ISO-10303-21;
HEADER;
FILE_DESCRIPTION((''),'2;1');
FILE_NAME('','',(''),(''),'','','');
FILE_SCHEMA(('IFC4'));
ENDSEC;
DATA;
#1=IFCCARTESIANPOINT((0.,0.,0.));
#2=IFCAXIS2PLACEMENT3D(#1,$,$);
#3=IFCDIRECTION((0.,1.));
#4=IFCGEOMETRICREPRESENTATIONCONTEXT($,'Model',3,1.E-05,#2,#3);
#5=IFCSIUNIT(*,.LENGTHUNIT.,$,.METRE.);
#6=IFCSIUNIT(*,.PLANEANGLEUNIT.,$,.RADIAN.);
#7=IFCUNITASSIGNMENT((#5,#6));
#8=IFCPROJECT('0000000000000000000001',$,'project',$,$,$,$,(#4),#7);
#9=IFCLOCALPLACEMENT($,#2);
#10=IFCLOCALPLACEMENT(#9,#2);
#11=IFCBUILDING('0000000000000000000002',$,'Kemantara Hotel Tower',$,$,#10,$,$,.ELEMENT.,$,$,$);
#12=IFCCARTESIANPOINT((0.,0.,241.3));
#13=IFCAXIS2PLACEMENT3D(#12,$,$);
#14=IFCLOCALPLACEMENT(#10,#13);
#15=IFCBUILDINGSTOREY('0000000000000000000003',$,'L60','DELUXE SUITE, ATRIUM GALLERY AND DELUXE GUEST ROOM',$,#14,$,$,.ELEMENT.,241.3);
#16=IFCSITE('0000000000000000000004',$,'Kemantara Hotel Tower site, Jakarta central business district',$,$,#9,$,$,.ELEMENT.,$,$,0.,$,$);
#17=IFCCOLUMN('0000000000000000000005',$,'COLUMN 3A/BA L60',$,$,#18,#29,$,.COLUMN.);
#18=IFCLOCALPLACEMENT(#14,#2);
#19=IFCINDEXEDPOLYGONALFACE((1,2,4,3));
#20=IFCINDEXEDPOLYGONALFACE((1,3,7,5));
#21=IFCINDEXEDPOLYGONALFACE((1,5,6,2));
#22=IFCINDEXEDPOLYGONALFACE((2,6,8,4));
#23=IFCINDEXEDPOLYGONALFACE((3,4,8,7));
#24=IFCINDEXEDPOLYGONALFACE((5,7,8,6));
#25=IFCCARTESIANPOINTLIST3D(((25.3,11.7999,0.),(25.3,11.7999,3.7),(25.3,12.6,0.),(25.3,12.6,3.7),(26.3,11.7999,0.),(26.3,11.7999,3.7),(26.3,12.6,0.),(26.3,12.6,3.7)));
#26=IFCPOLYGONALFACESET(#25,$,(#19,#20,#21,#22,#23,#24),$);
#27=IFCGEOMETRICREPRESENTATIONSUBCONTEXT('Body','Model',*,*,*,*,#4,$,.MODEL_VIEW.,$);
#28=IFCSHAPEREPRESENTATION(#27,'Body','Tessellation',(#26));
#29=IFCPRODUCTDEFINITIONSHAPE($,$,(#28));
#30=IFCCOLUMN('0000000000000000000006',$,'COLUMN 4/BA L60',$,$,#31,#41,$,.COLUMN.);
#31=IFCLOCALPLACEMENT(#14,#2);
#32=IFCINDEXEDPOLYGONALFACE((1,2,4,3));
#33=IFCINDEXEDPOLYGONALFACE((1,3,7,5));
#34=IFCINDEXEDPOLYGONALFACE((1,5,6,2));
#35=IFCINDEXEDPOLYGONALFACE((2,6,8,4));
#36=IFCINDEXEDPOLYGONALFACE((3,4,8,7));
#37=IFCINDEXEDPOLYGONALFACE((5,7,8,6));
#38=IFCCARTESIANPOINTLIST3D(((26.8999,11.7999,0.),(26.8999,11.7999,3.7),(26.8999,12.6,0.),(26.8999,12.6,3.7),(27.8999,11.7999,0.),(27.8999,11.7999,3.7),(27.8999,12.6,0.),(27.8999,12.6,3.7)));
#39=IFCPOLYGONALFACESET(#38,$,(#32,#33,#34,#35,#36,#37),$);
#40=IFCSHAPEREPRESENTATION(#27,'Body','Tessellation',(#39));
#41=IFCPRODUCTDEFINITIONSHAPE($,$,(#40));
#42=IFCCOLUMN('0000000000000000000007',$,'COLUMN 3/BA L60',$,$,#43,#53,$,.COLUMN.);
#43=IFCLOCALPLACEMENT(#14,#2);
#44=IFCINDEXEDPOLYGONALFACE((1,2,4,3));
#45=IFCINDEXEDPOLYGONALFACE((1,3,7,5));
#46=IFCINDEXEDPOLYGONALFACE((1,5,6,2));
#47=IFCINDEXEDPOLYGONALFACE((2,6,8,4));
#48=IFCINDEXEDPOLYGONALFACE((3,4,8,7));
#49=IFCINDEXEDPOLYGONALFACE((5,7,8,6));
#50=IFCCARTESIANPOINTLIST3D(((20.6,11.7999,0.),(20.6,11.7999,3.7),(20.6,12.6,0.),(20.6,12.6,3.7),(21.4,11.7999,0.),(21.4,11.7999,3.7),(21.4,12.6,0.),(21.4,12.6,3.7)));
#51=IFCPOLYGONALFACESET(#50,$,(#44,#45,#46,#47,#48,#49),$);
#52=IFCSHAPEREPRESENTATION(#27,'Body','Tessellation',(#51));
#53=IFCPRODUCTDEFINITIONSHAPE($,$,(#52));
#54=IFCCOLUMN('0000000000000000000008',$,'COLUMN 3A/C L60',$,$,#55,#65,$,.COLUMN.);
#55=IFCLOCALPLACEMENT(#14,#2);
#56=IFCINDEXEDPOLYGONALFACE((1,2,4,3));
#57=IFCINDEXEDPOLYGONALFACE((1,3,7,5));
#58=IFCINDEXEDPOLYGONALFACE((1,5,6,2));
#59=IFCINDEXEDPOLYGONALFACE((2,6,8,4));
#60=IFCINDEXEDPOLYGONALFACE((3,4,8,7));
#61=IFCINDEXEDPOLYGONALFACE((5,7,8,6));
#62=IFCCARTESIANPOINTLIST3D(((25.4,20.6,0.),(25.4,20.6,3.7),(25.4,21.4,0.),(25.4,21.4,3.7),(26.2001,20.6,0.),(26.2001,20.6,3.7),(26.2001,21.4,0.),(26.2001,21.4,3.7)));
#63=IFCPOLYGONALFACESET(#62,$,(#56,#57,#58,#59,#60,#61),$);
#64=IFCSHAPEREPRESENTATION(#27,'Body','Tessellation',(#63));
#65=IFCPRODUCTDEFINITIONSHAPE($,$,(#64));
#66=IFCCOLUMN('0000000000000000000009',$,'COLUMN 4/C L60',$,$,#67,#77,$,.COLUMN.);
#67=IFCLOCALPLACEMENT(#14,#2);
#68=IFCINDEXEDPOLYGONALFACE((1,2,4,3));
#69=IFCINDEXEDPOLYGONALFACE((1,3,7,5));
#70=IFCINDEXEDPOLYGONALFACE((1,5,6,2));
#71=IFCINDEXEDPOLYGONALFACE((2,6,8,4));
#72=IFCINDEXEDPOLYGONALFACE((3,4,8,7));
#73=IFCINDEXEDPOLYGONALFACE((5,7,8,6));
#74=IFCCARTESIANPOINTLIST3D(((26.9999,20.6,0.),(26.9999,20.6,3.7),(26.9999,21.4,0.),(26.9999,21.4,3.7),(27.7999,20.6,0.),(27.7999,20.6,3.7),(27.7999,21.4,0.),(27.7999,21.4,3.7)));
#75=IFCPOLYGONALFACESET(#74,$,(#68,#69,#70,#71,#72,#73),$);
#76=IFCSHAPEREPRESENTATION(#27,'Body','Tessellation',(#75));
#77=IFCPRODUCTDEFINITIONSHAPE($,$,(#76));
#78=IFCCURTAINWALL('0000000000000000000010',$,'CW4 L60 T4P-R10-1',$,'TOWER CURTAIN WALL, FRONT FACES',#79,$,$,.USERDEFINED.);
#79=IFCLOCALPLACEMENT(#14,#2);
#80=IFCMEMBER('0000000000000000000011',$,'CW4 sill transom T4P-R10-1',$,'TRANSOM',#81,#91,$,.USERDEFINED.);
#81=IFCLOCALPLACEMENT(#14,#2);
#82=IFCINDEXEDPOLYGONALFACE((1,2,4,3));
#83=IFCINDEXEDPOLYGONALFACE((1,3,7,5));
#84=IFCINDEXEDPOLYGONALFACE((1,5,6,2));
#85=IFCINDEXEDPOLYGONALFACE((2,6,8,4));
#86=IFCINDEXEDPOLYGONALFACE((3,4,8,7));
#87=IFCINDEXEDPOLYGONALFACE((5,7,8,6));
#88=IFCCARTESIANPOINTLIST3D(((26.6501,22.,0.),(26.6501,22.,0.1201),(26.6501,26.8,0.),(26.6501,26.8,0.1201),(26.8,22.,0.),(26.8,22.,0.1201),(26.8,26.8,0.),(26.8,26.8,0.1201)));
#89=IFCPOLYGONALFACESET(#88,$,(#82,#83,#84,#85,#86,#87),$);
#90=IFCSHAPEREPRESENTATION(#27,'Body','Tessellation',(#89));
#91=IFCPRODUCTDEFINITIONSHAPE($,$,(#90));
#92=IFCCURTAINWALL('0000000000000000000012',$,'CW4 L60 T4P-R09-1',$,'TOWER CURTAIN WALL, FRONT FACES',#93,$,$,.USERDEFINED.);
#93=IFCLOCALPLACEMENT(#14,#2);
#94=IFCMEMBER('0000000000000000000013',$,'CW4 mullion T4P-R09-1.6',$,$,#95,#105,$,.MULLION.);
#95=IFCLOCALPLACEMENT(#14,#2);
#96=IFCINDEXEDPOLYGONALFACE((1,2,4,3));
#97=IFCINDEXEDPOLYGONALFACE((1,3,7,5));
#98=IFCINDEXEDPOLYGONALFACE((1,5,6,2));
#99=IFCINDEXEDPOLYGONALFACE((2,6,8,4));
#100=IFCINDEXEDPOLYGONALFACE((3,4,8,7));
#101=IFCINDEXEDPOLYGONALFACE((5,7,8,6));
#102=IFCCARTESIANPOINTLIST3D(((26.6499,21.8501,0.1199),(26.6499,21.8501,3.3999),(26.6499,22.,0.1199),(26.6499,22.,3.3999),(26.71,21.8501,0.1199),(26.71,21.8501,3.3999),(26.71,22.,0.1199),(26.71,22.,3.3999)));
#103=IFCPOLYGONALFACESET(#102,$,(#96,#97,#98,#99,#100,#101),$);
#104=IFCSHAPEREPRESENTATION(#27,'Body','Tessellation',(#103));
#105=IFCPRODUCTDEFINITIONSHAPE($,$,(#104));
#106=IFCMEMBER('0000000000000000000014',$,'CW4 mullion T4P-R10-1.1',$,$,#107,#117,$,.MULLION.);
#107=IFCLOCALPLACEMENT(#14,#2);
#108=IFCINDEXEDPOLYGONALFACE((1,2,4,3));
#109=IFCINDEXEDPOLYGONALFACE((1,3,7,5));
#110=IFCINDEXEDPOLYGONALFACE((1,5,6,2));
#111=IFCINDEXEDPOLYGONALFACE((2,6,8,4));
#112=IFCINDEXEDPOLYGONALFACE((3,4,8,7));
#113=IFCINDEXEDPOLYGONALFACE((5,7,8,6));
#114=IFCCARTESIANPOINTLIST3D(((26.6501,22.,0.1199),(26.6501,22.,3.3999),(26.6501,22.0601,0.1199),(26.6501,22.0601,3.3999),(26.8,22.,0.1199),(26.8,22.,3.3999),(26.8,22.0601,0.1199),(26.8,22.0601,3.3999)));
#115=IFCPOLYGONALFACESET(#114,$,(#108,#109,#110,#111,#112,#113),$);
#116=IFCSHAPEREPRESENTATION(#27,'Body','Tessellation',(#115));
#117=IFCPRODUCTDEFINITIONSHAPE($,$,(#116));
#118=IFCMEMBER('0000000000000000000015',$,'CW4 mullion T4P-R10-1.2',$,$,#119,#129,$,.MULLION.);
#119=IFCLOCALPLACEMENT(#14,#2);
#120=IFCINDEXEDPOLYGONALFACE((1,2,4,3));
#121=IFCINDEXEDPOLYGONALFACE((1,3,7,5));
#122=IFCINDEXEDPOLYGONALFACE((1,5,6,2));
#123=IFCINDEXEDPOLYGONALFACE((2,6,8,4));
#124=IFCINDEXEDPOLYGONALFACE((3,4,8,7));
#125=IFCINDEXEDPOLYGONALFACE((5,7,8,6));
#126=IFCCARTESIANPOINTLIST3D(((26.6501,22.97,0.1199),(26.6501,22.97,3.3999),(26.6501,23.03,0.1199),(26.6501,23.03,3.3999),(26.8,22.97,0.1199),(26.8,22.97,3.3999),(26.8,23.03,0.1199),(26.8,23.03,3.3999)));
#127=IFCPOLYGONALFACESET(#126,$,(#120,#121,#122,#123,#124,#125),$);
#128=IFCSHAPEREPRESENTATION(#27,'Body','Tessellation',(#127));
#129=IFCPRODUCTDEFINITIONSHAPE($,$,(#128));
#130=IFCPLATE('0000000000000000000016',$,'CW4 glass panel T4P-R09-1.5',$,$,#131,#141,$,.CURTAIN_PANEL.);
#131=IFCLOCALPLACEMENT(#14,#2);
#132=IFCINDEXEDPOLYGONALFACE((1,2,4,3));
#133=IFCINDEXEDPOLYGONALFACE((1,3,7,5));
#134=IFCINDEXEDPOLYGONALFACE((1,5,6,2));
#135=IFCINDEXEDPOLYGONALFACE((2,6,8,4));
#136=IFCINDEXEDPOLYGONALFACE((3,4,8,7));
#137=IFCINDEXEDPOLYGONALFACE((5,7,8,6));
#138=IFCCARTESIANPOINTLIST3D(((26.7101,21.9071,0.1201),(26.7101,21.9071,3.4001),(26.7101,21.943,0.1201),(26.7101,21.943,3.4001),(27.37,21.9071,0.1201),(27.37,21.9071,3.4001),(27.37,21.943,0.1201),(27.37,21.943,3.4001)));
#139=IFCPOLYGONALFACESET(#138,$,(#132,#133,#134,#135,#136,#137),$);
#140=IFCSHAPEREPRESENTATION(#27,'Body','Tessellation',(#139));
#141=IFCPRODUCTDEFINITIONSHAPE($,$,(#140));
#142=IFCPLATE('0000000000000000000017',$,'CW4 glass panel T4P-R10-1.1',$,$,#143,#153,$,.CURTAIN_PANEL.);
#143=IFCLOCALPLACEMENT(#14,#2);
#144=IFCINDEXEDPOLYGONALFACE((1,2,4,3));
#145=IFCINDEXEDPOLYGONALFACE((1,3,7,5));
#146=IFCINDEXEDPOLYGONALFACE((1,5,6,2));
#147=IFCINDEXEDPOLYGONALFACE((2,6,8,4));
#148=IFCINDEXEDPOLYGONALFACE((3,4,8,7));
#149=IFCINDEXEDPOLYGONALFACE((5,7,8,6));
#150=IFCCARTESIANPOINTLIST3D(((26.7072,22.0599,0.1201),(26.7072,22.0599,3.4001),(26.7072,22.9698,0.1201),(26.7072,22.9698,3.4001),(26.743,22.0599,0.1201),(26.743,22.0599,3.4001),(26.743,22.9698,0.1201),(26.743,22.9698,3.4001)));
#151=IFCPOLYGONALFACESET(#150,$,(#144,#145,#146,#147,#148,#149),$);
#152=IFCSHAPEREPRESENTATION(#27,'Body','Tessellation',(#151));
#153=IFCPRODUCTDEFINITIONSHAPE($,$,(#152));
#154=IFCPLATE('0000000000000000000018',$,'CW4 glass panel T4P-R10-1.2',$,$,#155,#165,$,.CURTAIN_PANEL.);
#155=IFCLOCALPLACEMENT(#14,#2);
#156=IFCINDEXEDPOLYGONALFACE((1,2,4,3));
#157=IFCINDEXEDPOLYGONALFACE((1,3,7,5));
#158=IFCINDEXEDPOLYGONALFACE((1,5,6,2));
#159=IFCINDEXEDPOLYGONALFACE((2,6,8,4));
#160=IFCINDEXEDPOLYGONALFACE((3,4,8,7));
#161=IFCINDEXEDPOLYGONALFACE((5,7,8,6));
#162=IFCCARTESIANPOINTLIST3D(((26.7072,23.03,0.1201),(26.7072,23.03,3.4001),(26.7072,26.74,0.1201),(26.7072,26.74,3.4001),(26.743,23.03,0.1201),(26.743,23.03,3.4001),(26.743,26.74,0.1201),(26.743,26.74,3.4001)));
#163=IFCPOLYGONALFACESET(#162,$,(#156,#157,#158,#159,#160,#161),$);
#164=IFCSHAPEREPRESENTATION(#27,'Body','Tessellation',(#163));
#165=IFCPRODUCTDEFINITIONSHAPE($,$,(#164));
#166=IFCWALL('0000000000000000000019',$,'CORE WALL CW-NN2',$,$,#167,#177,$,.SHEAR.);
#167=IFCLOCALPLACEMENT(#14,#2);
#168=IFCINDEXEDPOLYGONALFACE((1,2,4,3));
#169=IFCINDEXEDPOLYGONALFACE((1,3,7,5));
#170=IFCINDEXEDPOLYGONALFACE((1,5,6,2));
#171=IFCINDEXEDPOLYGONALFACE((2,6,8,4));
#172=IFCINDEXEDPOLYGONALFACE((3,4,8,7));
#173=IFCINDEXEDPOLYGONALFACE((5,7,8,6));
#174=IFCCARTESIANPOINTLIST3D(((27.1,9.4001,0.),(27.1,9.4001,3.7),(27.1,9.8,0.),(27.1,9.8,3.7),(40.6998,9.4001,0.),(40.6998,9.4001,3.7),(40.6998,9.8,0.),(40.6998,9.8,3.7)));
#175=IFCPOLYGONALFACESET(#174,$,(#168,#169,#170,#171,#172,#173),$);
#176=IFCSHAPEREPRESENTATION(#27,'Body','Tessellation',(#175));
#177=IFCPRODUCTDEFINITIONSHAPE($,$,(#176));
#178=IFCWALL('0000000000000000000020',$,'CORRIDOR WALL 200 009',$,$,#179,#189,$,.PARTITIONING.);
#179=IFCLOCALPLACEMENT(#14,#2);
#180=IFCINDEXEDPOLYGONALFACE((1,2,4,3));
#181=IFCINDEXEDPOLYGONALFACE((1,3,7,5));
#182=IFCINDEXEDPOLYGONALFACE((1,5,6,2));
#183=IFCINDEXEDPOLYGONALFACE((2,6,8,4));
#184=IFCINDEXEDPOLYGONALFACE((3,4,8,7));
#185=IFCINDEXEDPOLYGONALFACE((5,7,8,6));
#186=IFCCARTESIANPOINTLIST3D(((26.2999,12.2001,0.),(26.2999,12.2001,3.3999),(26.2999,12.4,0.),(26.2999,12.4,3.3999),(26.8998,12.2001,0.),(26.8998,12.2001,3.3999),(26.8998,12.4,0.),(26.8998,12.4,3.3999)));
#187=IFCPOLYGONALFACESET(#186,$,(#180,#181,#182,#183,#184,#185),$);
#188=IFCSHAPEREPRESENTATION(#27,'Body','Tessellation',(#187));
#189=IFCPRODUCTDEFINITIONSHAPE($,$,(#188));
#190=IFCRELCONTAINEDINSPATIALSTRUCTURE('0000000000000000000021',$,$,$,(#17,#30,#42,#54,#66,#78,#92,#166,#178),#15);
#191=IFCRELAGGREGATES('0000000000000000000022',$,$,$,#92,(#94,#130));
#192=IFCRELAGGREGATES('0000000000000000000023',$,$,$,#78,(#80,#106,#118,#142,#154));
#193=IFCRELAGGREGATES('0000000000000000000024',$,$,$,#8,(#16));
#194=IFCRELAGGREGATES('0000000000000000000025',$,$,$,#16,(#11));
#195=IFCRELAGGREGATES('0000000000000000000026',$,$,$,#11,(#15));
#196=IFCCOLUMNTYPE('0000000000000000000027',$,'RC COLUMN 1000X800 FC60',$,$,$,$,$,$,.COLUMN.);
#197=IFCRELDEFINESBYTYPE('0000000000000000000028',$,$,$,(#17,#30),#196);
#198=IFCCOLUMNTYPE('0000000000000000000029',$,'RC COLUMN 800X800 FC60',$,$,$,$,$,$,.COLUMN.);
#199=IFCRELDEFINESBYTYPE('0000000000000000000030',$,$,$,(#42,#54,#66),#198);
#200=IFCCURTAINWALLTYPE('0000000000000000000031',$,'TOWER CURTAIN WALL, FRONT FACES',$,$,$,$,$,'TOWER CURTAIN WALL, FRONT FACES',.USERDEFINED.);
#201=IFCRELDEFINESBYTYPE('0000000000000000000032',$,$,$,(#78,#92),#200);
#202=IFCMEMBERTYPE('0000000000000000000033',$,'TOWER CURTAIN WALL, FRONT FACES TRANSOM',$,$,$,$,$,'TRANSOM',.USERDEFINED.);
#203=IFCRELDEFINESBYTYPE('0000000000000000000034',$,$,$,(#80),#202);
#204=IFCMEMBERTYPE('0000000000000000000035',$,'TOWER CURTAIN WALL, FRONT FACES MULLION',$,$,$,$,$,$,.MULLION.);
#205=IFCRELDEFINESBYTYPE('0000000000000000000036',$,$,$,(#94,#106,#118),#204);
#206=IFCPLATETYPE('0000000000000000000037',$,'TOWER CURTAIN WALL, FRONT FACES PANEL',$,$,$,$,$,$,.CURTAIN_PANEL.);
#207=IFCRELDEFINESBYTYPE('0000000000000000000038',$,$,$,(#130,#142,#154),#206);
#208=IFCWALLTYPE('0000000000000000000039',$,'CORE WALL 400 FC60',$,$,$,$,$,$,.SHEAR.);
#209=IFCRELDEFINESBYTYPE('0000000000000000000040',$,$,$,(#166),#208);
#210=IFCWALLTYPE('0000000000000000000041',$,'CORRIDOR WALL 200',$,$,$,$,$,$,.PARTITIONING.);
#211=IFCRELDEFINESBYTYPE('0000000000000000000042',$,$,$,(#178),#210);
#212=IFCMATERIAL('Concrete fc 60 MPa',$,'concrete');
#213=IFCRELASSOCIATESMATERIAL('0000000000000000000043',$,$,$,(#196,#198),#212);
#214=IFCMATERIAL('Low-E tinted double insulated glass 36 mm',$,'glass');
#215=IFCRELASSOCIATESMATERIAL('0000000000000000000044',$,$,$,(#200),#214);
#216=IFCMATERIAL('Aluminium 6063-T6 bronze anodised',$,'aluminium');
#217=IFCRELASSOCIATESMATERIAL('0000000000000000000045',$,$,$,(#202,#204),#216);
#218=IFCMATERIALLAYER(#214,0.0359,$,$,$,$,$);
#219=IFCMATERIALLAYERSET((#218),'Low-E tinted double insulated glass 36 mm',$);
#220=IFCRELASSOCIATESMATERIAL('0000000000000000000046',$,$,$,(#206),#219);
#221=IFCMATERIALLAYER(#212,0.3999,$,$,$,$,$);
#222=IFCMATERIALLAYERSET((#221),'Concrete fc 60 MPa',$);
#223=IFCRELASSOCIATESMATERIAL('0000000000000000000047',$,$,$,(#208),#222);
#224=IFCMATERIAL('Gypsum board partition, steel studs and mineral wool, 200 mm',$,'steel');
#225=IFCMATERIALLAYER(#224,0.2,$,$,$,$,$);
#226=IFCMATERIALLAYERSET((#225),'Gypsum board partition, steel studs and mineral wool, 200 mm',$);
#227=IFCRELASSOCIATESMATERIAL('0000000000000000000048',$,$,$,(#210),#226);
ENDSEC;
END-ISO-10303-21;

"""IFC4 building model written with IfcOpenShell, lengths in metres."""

from ifc_helpers import new_model, si_unit, direction, frame, frame_2d, origin, origin_2d, place, context, subcontext, project, spatial, rectangle, extrude, source, transform, mapped, material, layer, layer_set, material_profile, profile_set, type_object, element, aggregate, save


model = new_model("IFC4")

# Units and contexts
model_context = context("Model", 3, precision=1e-05, world=origin(), true_north=direction((0.0, 1.0)))
body_context = subcontext(model_context, "Body", "Model", "MODEL_VIEW")
ifc_project = project(units=[si_unit("LENGTHUNIT", "METRE"), si_unit("PLANEANGLEUNIT", "RADIAN")], contexts=[model_context])

# Site, building, storey
site_placement = place(None, origin())
site = spatial("IfcSite", under=ifc_project, at=site_placement, Name="Kemantara Hotel Tower site, Jakarta central business district", CompositionType="ELEMENT", RefElevation=0.0)
building_placement = place(site_placement, origin())
building = spatial("IfcBuilding", under=site, at=building_placement, Name="Kemantara Hotel Tower", CompositionType="ELEMENT")
storey_placement = place(building_placement, frame((0.0, 0.0, 241.3)))
storey = spatial("IfcBuildingStorey", under=building, at=storey_placement, Name="L60", Description="DELUXE SUITE, ATRIUM GALLERY AND DELUXE GUEST ROOM", CompositionType="ELEMENT", Elevation=241.3)

# Columns
ifc_material_1 = material(Name="Concrete fc 60 MPa", Category="concrete")
ifc_material_profile_1 = material_profile(ifc_material_1, rectangle(XDim=1.0, YDim=0.8, at=origin_2d()), Name="RC 1000X800")
ifc_profile_set_1 = profile_set([ifc_material_profile_1], Name="Concrete fc 60 MPa")
column_type_1 = type_object("IfcColumnType", Name="RC COLUMN 1000X800 FC60", PredefinedType="COLUMN", material=ifc_profile_set_1)
for number, where, z_axis, x_axis, name in (
    (1, (25.8, 12.2, 0.0), (0.0, 0.0, 1.0), (1.0, 0.0, 0.0), "COLUMN 3A/BA L60"),
    (2, (27.3999, 12.2, 0.0), (0.0, 0.0, 1.0), (1.0, 0.0, 0.0), "COLUMN 4/BA L60"),
):
    element("IfcColumn", number, at=place(storey_placement, frame(where, z_axis=z_axis, x_axis=x_axis)), inside=storey, type_object=column_type_1, Name=name, PredefinedType="COLUMN", context=body_context, shape_type="SweptSolid", body=[
        extrude(rectangle(XDim=1.0, YDim=0.8, at=origin_2d()), origin(), (0.0, 0.0, 1.0), 3.7),
    ])
ifc_material_profile_2 = material_profile(ifc_material_1, rectangle(XDim=0.8, YDim=0.8, at=origin_2d()), Name="RC 800X800")
ifc_profile_set_2 = profile_set([ifc_material_profile_2], Name="Concrete fc 60 MPa")
column_type_2 = type_object("IfcColumnType", Name="RC COLUMN 800X800 FC60", PredefinedType="COLUMN", material=ifc_profile_set_2)
for number, where, z_axis, x_axis, name in (
    (3, (21.0, 12.2, 0.0), (0.0, 0.0, 1.0), (1.0, 0.0, 0.0), "COLUMN 3/BA L60"),
    (4, (25.8, 21.0, 0.0), (0.0, 0.0, 1.0), (1.0, 0.0, 0.0), "COLUMN 3A/C L60"),
    (5, (27.3999, 21.0, 0.0), (0.0, 0.0, 1.0), (1.0, 0.0, 0.0), "COLUMN 4/C L60"),
):
    element("IfcColumn", number, at=place(storey_placement, frame(where, z_axis=z_axis, x_axis=x_axis)), inside=storey, type_object=column_type_2, Name=name, PredefinedType="COLUMN", context=body_context, shape_type="SweptSolid", body=[
        extrude(rectangle(XDim=0.8, YDim=0.8, at=origin_2d()), origin(), (0.0, 0.0, 1.0), 3.7),
    ])

# Curtain walls, members
ifc_material_2 = material(Name="Low-E tinted double insulated glass 36 mm", Category="glass")
curtain_wall_type = type_object("IfcCurtainWallType", Name="TOWER CURTAIN WALL, FRONT FACES", ElementType="TOWER CURTAIN WALL, FRONT FACES", PredefinedType="USERDEFINED", material=ifc_material_2)
curtain_wall_1_placement = place(storey_placement, origin())
curtain_wall_1 = element("IfcCurtainWall", 6, at=curtain_wall_1_placement, inside=storey, type_object=curtain_wall_type, Name="CW4 L60 T4P-R10-1", ObjectType="TOWER CURTAIN WALL, FRONT FACES", PredefinedType="USERDEFINED")
ifc_material_3 = material(Name="Aluminium 6063-T6 bronze anodised", Category="aluminium")
ifc_material_profile_3 = material_profile(ifc_material_3, rectangle(XDim=0.1499, YDim=0.1201, at=origin_2d()), Name="TOWER CURTAIN WALL, FRONT FACES TRANSOM")
ifc_profile_set_3 = profile_set([ifc_material_profile_3], Name="Aluminium 6063-T6 bronze anodised")
member_type_1 = type_object("IfcMemberType", Name="TOWER CURTAIN WALL, FRONT FACES TRANSOM", ElementType="TRANSOM", PredefinedType="USERDEFINED", material=ifc_profile_set_3)
member_1_placement = place(storey_placement, frame((26.7251, 22.0, 0.0601), z_axis=(0.0, 1.0, 0.0), x_axis=(-1.0, 0.0, 0.0)))
member_1 = element("IfcMember", 7, at=member_1_placement, type_object=member_type_1, Name="CW4 sill transom T4P-R10-1", ObjectType="TRANSOM", PredefinedType="USERDEFINED", context=body_context, shape_type="SweptSolid", body=[
    extrude(rectangle(XDim=0.1499, YDim=0.1201, at=origin_2d()), origin(), (0.0, 0.0, 1.0), 4.8),
])
curtain_wall_2_placement = place(storey_placement, origin())
curtain_wall_2 = element("IfcCurtainWall", 8, at=curtain_wall_2_placement, inside=storey, type_object=curtain_wall_type, Name="CW4 L60 T4P-R09-1", ObjectType="TOWER CURTAIN WALL, FRONT FACES", PredefinedType="USERDEFINED")
ifc_material_profile_4 = material_profile(ifc_material_3, rectangle(XDim=0.1499, YDim=0.0601, at=origin_2d()), Name="TOWER CURTAIN WALL, FRONT FACES MULLION")
ifc_profile_set_4 = profile_set([ifc_material_profile_4], Name="Aluminium 6063-T6 bronze anodised")
member_type_2 = type_object("IfcMemberType", Name="TOWER CURTAIN WALL, FRONT FACES MULLION", PredefinedType="MULLION", material=ifc_profile_set_4)
shared_shape_1 = source(origin(), body_context, "Body", "SweptSolid", [
    extrude(rectangle(XDim=0.1499, YDim=0.0601, at=origin_2d()), origin(), (0.0, 0.0, 1.0), 3.28),
])
member_2_placement = place(storey_placement, frame((26.6799, 21.925, 0.1199), z_axis=(0.0, 0.0, 1.0), x_axis=(0.0, -1.0, 0.0)))
member_2 = element("IfcMember", 9, at=member_2_placement, type_object=member_type_2, Name="CW4 mullion T4P-R09-1.6", PredefinedType="MULLION", context=body_context, shape_type="MappedRepresentation", body=[
    mapped(shared_shape_1, transform((0.0, 0.0, 0.0))),
])

# Members
member_3_placement = place(storey_placement, frame((26.7251, 22.03, 0.1199), z_axis=(0.0, 0.0, 1.0), x_axis=(-1.0, 0.0, 0.0)))
member_3 = element("IfcMember", 10, at=member_3_placement, type_object=member_type_2, Name="CW4 mullion T4P-R10-1.1", PredefinedType="MULLION", context=body_context, shape_type="MappedRepresentation", body=[
    mapped(shared_shape_1, transform((0.0, 0.0, 0.0))),
])
member_4_placement = place(storey_placement, frame((26.7251, 23.0, 0.1199), z_axis=(0.0, 0.0, 1.0), x_axis=(-1.0, 0.0, 0.0)))
member_4 = element("IfcMember", 11, at=member_4_placement, type_object=member_type_2, Name="CW4 mullion T4P-R10-1.2", PredefinedType="MULLION", context=body_context, shape_type="MappedRepresentation", body=[
    mapped(shared_shape_1, transform((0.0, 0.0, 0.0))),
])

# Plates
ifc_layer_1 = layer(ifc_material_2, 0.0359)
ifc_layer_set_1 = layer_set([ifc_layer_1], Name="Low-E tinted double insulated glass 36 mm")
plate_type = type_object("IfcPlateType", Name="TOWER CURTAIN WALL, FRONT FACES PANEL", PredefinedType="CURTAIN_PANEL", material=ifc_layer_set_1)
shared_shape_2 = source(origin(), body_context, "Body", "SweptSolid", [
    extrude(rectangle(XDim=0.6599, YDim=0.0359, at=origin_2d()), origin(), (0.0, 0.0, 1.0), 3.28),
])
plate_1_placement = place(storey_placement, frame((27.04, 21.925, 0.1201), z_axis=(0.0, 0.0, 1.0), x_axis=(-1.0, 0.0, 0.0)))
plate_1 = element("IfcPlate", 12, at=plate_1_placement, type_object=plate_type, Name="CW4 glass panel T4P-R09-1.5", PredefinedType="CURTAIN_PANEL", context=body_context, shape_type="MappedRepresentation", body=[
    mapped(shared_shape_2, transform((0.0, 0.0, 0.0))),
])
aggregate(curtain_wall_2, [member_2, plate_1])
shared_shape_3 = source(origin(), body_context, "Body", "SweptSolid", [
    extrude(rectangle(XDim=0.9099, YDim=0.0359, at=origin_2d()), origin(), (0.0, 0.0, 1.0), 3.28),
])
plate_2_placement = place(storey_placement, frame((26.7251, 22.5149, 0.1201), z_axis=(0.0, 0.0, 1.0), x_axis=(0.0, 1.0, 0.0)))
plate_2 = element("IfcPlate", 13, at=plate_2_placement, type_object=plate_type, Name="CW4 glass panel T4P-R10-1.1", PredefinedType="CURTAIN_PANEL", context=body_context, shape_type="MappedRepresentation", body=[
    mapped(shared_shape_3, transform((0.0, 0.0, 0.0))),
])
shared_shape_4 = source(origin(), body_context, "Body", "SweptSolid", [
    extrude(rectangle(XDim=3.71, YDim=0.0359, at=origin_2d()), origin(), (0.0, 0.0, 1.0), 3.28),
])
plate_3_placement = place(storey_placement, frame((26.7251, 24.885, 0.1201), z_axis=(0.0, 0.0, 1.0), x_axis=(0.0, 1.0, 0.0)))
plate_3 = element("IfcPlate", 14, at=plate_3_placement, type_object=plate_type, Name="CW4 glass panel T4P-R10-1.2", PredefinedType="CURTAIN_PANEL", context=body_context, shape_type="MappedRepresentation", body=[
    mapped(shared_shape_4, transform((0.0, 0.0, 0.0))),
])
aggregate(curtain_wall_1, [member_1, member_3, member_4, plate_2, plate_3])

# Walls
ifc_layer_2 = layer(ifc_material_1, 0.3999)
ifc_layer_set_2 = layer_set([ifc_layer_2], Name="Concrete fc 60 MPa")
wall_type_1 = type_object("IfcWallType", Name="CORE WALL 400 FC60", PredefinedType="SHEAR", material=ifc_layer_set_2)
wall_1_placement = place(storey_placement, frame((27.1001, 9.6001, 0.0), z_axis=(0.0, 0.0, 1.0), x_axis=(1.0, 0.0, 0.0)))
element("IfcWall", 15, at=wall_1_placement, inside=storey, type_object=wall_type_1, Name="CORE WALL CW-NN2", PredefinedType="SHEAR", context=body_context, shape_type="SweptSolid", body=[
    extrude(rectangle(XDim=13.5999, YDim=0.3999, at=frame_2d((6.7998, 0.0))), origin(), (0.0, 0.0, 1.0), 3.7),
])
ifc_material_4 = material(Name="Gypsum board partition, steel studs and mineral wool, 200 mm", Category="steel")
ifc_layer_3 = layer(ifc_material_4, 0.2)
ifc_layer_set_3 = layer_set([ifc_layer_3], Name="Gypsum board partition, steel studs and mineral wool, 200 mm")
wall_type_2 = type_object("IfcWallType", Name="CORRIDOR WALL 200", PredefinedType="PARTITIONING", material=ifc_layer_set_3)
wall_2_placement = place(storey_placement, frame((26.3, 12.3, 0.0), z_axis=(0.0, 0.0, 1.0), x_axis=(1.0, 0.0, 0.0)))
element("IfcWall", 16, at=wall_2_placement, inside=storey, type_object=wall_type_2, Name="CORRIDOR WALL 200 009", PredefinedType="PARTITIONING", context=body_context, shape_type="SweptSolid", body=[
    extrude(rectangle(XDim=0.5999, YDim=0.2, at=frame_2d((0.2998, 0.0))), origin(), (0.0, 0.0, 1.0), 3.3999),
])

save(model, "model.ifc")
